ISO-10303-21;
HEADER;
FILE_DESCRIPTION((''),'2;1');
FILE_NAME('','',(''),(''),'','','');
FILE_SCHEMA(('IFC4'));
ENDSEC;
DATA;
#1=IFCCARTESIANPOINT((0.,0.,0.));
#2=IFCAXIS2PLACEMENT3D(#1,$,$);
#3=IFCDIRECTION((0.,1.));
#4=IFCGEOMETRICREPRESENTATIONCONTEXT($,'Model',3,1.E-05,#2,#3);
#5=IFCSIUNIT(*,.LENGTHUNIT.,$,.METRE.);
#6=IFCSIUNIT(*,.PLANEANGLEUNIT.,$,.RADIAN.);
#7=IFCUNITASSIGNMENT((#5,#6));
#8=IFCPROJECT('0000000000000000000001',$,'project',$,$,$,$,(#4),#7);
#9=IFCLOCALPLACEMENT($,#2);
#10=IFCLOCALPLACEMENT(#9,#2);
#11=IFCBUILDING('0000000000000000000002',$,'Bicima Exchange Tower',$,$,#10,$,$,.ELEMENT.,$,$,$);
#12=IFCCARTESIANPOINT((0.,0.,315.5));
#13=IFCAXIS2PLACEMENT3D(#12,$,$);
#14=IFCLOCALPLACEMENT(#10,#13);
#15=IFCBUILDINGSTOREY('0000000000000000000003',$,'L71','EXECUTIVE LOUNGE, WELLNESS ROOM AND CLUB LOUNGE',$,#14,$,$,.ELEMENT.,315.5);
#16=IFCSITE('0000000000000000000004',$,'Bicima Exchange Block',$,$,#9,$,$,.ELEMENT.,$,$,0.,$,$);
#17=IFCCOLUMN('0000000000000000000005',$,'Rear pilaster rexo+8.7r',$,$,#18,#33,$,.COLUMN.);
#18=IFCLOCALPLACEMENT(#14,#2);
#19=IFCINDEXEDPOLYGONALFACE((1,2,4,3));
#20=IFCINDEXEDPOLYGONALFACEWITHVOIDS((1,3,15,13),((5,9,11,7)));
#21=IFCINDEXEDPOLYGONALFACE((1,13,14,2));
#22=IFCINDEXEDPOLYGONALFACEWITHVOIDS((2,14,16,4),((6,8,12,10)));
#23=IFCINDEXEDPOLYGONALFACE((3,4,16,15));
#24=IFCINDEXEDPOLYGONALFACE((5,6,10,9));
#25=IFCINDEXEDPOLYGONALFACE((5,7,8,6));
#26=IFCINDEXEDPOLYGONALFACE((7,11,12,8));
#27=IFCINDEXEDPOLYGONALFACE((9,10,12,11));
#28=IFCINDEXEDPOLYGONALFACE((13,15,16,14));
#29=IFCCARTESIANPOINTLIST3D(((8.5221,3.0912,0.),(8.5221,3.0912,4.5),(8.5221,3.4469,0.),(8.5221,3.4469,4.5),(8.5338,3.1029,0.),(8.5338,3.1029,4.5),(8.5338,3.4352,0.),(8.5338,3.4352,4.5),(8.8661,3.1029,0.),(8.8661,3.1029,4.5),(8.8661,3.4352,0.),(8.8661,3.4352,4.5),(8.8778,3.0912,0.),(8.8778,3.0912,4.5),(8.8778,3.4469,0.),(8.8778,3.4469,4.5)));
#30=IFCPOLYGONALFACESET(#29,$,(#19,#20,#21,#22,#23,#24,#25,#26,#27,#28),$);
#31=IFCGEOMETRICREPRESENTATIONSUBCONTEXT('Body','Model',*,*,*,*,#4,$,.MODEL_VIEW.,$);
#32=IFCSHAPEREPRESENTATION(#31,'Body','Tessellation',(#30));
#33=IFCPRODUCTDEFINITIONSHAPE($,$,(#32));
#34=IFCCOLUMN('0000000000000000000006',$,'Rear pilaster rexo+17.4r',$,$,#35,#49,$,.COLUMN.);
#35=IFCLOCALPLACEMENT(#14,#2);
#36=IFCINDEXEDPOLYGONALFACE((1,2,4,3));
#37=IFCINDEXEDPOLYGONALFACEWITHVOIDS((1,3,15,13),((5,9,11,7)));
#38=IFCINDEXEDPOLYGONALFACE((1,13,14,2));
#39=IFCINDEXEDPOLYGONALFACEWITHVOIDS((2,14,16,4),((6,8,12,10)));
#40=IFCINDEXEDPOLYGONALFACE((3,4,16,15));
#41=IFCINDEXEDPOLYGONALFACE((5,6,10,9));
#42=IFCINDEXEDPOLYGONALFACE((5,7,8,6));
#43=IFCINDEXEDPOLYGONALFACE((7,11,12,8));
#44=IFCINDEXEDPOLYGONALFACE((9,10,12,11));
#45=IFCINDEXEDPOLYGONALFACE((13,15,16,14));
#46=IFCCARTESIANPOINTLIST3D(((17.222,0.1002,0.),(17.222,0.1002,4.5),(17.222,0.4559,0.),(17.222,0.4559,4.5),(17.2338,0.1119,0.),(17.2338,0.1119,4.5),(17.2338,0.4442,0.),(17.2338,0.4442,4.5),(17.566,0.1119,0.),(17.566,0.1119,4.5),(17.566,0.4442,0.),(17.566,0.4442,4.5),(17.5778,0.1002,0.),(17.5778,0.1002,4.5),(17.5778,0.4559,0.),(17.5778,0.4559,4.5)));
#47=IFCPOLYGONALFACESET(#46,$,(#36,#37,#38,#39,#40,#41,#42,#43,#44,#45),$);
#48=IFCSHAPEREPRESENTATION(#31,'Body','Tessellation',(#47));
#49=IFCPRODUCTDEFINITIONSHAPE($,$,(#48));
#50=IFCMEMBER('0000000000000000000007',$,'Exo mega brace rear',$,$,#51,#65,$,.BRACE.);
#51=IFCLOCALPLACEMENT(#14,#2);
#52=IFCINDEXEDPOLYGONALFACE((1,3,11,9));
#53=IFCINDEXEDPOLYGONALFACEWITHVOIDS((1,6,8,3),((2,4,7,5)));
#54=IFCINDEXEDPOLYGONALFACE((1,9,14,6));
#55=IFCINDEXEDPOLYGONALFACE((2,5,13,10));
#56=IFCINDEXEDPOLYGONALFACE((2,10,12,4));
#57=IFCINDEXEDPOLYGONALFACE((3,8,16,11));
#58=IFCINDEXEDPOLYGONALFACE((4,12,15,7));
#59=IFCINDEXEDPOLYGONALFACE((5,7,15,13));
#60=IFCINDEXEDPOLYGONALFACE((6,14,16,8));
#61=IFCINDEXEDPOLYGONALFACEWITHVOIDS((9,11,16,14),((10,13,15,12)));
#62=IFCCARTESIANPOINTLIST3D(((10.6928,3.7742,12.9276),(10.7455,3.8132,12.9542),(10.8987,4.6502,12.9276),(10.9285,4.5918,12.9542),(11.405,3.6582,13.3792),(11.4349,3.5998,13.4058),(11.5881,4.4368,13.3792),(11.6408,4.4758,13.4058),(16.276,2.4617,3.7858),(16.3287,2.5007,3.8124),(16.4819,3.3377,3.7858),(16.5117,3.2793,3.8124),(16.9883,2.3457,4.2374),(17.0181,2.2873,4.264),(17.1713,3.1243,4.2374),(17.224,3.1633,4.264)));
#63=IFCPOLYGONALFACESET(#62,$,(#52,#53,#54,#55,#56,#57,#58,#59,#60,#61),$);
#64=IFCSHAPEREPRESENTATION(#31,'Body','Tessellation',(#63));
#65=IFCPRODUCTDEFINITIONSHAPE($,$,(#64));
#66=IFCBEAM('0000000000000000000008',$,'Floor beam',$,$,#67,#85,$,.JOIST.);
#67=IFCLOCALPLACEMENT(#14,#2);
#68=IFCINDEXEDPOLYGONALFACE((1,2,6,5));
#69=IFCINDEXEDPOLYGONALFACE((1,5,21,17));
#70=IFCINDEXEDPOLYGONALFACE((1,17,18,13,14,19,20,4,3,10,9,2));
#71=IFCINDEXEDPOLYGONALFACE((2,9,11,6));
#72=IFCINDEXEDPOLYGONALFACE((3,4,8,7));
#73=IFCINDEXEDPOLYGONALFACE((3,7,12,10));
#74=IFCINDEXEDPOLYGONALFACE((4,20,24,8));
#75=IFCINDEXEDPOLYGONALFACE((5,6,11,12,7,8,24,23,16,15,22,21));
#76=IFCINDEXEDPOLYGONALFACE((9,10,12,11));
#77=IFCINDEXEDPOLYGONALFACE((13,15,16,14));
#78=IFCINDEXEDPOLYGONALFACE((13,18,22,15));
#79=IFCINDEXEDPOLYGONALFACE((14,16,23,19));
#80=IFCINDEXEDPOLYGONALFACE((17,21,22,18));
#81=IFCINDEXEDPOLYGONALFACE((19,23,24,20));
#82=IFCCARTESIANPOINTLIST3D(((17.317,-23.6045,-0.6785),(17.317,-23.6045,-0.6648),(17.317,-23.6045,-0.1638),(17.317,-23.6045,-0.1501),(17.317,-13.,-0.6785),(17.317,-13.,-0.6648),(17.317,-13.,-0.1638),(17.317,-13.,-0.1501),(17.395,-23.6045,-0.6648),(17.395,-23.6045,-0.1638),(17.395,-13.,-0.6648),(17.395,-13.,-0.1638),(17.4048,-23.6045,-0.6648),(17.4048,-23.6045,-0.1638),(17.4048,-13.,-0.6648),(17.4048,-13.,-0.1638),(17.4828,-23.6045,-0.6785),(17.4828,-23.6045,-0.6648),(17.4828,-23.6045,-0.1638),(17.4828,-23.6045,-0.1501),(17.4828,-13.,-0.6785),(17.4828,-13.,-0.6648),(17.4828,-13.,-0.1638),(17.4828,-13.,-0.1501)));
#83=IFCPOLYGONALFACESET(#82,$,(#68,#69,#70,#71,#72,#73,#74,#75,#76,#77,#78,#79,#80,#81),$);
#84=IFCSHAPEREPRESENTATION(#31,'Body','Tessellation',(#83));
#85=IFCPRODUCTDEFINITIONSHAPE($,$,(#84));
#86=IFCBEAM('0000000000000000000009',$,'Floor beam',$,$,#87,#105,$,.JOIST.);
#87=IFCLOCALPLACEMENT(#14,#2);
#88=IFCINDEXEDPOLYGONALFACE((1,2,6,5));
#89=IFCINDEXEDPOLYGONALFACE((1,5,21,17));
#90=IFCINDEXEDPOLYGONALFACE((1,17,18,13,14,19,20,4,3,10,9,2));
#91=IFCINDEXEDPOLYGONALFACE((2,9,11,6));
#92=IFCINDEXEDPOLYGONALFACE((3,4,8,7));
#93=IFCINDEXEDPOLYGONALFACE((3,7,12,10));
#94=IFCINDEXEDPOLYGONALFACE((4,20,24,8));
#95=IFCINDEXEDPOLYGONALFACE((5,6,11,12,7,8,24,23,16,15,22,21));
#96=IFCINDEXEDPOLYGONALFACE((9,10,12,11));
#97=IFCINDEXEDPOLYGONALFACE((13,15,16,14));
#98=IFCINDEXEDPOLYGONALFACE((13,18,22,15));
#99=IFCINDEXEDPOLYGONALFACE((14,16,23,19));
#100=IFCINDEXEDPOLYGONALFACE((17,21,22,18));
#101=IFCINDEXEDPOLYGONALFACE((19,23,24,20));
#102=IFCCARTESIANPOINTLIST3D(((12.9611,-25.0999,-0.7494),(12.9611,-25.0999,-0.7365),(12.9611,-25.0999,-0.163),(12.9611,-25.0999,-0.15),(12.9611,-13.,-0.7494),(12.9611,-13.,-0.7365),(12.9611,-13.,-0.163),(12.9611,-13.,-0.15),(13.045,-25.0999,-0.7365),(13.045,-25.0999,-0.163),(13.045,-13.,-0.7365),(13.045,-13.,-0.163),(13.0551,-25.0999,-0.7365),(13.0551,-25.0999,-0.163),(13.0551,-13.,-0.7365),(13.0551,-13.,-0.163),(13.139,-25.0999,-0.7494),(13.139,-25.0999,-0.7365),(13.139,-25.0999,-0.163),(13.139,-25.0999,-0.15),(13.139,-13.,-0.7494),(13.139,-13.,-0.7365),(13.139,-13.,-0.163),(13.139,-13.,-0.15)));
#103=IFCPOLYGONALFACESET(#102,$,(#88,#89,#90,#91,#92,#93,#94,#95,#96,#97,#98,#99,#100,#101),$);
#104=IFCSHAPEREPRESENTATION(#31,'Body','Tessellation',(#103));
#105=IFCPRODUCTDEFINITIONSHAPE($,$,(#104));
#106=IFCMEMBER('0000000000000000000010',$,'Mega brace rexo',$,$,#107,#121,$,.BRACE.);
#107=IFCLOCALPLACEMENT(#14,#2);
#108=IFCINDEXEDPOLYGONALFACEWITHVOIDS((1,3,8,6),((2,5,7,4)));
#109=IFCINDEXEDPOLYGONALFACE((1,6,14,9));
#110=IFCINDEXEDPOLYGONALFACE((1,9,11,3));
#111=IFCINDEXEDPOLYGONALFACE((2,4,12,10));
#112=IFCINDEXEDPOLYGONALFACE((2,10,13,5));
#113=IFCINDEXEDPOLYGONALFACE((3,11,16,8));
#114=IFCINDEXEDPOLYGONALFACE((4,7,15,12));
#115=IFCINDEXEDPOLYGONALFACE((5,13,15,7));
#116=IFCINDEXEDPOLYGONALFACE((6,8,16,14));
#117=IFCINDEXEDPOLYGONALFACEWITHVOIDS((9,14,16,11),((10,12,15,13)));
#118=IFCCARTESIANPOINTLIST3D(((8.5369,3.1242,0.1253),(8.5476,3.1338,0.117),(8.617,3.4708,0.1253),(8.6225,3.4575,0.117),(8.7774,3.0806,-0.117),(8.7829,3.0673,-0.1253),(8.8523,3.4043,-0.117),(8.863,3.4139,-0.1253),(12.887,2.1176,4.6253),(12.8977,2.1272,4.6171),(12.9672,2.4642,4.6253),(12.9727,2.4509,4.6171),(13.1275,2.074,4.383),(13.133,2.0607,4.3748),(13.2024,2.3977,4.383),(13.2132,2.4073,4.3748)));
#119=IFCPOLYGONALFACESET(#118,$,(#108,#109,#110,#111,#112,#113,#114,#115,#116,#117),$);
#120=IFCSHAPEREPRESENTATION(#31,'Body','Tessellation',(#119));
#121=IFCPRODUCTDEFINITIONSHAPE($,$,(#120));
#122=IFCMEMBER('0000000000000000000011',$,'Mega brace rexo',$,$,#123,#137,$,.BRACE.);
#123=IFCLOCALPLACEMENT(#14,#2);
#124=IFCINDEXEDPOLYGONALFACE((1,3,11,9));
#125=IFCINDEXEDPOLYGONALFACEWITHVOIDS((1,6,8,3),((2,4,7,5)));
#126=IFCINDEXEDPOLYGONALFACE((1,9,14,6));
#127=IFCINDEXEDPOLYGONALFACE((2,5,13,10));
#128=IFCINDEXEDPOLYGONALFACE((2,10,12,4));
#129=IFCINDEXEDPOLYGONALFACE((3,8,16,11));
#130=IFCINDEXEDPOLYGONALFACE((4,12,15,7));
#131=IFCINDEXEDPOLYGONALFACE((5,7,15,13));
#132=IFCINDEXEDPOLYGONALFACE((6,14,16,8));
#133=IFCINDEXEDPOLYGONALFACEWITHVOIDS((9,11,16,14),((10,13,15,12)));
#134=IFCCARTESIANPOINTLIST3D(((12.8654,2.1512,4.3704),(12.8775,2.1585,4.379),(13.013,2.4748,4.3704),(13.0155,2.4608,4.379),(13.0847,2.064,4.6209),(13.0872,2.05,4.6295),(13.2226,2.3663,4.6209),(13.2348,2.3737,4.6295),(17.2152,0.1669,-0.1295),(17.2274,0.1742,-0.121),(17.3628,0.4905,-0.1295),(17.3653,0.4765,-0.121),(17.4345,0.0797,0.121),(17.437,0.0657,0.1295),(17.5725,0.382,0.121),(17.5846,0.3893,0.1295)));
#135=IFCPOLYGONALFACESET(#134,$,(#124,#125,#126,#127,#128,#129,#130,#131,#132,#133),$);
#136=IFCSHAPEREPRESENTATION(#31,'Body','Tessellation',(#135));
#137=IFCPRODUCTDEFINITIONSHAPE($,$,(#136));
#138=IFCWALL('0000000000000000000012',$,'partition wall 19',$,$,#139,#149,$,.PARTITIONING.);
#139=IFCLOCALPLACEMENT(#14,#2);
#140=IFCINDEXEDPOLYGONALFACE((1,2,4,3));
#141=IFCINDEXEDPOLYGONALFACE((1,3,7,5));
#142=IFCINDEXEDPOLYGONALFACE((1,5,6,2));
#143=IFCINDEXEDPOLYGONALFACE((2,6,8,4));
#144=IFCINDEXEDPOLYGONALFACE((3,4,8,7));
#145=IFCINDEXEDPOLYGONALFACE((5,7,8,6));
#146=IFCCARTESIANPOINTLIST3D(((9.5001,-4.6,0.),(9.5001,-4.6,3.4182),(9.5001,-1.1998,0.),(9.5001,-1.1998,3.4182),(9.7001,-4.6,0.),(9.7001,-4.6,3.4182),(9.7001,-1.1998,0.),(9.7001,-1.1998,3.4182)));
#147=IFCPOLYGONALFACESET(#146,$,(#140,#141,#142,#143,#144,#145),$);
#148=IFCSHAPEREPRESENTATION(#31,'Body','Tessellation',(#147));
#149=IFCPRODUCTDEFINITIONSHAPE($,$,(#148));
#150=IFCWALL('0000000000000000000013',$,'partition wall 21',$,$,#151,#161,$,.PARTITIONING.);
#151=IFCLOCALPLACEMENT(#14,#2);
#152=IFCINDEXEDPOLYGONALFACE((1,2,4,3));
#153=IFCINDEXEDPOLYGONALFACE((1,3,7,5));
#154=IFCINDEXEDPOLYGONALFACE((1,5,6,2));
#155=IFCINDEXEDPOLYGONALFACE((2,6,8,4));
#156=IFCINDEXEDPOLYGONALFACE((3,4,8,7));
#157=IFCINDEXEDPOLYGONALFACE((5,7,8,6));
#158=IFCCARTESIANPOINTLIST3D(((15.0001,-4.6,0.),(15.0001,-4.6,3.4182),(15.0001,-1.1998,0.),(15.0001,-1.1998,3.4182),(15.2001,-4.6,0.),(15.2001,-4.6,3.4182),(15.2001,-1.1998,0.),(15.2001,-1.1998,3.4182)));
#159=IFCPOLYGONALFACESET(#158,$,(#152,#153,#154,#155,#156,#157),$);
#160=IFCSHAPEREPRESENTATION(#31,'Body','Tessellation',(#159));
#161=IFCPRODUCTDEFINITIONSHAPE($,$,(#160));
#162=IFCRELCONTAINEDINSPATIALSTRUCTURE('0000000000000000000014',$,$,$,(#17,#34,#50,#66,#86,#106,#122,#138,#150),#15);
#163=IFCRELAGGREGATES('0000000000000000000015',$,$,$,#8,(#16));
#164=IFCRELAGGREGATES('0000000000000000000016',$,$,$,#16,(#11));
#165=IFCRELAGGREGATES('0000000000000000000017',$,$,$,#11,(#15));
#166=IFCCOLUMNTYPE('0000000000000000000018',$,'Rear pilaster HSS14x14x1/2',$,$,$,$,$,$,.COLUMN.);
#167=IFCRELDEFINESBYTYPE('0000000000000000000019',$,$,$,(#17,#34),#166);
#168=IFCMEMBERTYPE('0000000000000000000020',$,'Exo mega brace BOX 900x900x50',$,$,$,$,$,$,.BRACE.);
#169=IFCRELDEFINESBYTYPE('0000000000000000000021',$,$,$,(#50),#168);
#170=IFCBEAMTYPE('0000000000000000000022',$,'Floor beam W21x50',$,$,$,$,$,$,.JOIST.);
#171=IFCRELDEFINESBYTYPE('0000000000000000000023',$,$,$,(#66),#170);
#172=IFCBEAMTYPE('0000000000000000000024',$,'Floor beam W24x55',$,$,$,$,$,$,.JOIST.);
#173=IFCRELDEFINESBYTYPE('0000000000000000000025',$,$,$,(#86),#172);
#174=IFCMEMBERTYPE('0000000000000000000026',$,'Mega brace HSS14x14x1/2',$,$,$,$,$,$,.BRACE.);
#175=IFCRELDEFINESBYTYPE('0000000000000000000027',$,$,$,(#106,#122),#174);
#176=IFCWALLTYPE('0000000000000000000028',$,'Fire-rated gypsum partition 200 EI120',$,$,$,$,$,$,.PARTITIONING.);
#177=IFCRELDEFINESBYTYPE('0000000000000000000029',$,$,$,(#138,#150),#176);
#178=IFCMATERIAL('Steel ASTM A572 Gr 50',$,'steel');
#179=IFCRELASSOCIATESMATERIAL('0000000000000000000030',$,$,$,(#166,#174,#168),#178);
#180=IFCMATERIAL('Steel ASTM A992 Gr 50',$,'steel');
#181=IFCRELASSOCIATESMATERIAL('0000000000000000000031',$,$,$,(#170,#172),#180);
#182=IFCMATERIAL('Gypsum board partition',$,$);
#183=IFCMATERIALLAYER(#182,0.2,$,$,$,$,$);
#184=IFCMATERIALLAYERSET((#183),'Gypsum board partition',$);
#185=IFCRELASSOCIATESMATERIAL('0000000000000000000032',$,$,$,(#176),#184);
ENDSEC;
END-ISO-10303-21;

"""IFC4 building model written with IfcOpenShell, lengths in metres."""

from ifc_helpers import new_model, si_unit, direction, frame, frame_2d, origin, origin_2d, place, context, subcontext, project, spatial, rectangle, hollow_rectangle, i_section, extrude, material, layer, layer_set, material_profile, profile_set, type_object, element, save


model = new_model("IFC4")

# Units and contexts
model_context = context("Model", 3, precision=1e-05, world=origin(), true_north=direction((0.0, 1.0)))
body_context = subcontext(model_context, "Body", "Model", "MODEL_VIEW")
ifc_project = project(units=[si_unit("LENGTHUNIT", "METRE"), si_unit("PLANEANGLEUNIT", "RADIAN")], contexts=[model_context])

# Site, building, storey
site_placement = place(None, origin())
site = spatial("IfcSite", under=ifc_project, at=site_placement, Name="Bicima Exchange Block", CompositionType="ELEMENT", RefElevation=0.0)
building_placement = place(site_placement, origin())
building = spatial("IfcBuilding", under=site, at=building_placement, Name="Bicima Exchange Tower", CompositionType="ELEMENT")
storey_placement = place(building_placement, frame((0.0, 0.0, 315.5)))
storey = spatial("IfcBuildingStorey", under=building, at=storey_placement, Name="L71", Description="EXECUTIVE LOUNGE, WELLNESS ROOM AND CLUB LOUNGE", CompositionType="ELEMENT", Elevation=315.5)

# Columns
ifc_material_1 = material(Name="Steel ASTM A572 Gr 50", Category="steel")
ifc_material_profile_1 = material_profile(ifc_material_1, hollow_rectangle(XDim=0.3557, YDim=0.3557, WallThickness=0.0117, at=origin_2d()))
ifc_profile_set_1 = profile_set([ifc_material_profile_1], Name="Steel ASTM A572 Gr 50")
column_type = type_object("IfcColumnType", Name="Rear pilaster HSS14x14x1/2", PredefinedType="COLUMN", material=ifc_profile_set_1)
for number, where, z_axis, x_axis, name in (
    (1, (8.7, 3.269, 0.0), (0.0, 0.0, 1.0), (1.0, 0.0, 0.0), "Rear pilaster rexo+8.7r"),
    (2, (17.3999, 0.2781, 0.0), (0.0, 0.0, 1.0), (1.0, 0.0, 0.0), "Rear pilaster rexo+17.4r"),
):
    element("IfcColumn", number, at=place(storey_placement, frame(where, z_axis=z_axis, x_axis=x_axis)), inside=storey, type_object=column_type, Name=name, PredefinedType="COLUMN", context=body_context, shape_type="SweptSolid", body=[
        extrude(hollow_rectangle(XDim=0.3557, YDim=0.3557, WallThickness=0.0117, at=origin_2d()), origin(), (0.0, 0.0, 1.0), 4.5),
    ])

# Member
ifc_material_profile_2 = material_profile(ifc_material_1, hollow_rectangle(XDim=0.8999, YDim=0.8999, WallThickness=0.05, at=origin_2d()))
ifc_profile_set_2 = profile_set([ifc_material_profile_2], Name="Steel ASTM A572 Gr 50")
member_type_1 = type_object("IfcMemberType", Name="Exo mega brace BOX 900x900x50", PredefinedType="BRACE", material=ifc_profile_set_2)
member_1_placement = place(storey_placement, frame((16.75, 2.8125, 4.0249), z_axis=(-0.517348, 0.121617, 0.847089), x_axis=(-0.22884, -0.973464, 0.0)))
element("IfcMember", 3, at=member_1_placement, inside=storey, type_object=member_type_1, Name="Exo mega brace rear", PredefinedType="BRACE", context=body_context, shape_type="SweptSolid", body=[
    extrude(hollow_rectangle(XDim=0.8999, YDim=0.8999, WallThickness=0.05, at=origin_2d()), origin(), (0.0, 0.0, 1.0), 10.792),
])

# Beams
ifc_material_2 = material(Name="Steel ASTM A992 Gr 50", Category="steel")
ifc_material_profile_3 = material_profile(ifc_material_2, i_section(OverallWidth=0.1658, OverallDepth=0.5283, WebThickness=0.0098, FlangeThickness=0.0137, at=origin_2d()))
ifc_profile_set_3 = profile_set([ifc_material_profile_3], Name="Steel ASTM A992 Gr 50")
beam_type_1 = type_object("IfcBeamType", Name="Floor beam W21x50", PredefinedType="JOIST", material=ifc_profile_set_3)
beam_1_placement = place(storey_placement, frame((17.3999, -13.0, -0.4143), z_axis=(0.0, -1.0, 0.0), x_axis=(1.0, 0.0, 0.0)))
element("IfcBeam", 4, at=beam_1_placement, inside=storey, type_object=beam_type_1, Name="Floor beam", PredefinedType="JOIST", context=body_context, shape_type="SweptSolid", body=[
    extrude(i_section(OverallWidth=0.1658, OverallDepth=0.5283, WebThickness=0.0098, FlangeThickness=0.0137, at=origin_2d()), origin(), (0.0, 0.0, 1.0), 10.6045),
])
ifc_material_profile_4 = material_profile(ifc_material_2, i_section(OverallWidth=0.178, OverallDepth=0.5994, WebThickness=0.01, FlangeThickness=0.0129, at=origin_2d()))
ifc_profile_set_4 = profile_set([ifc_material_profile_4], Name="Steel ASTM A992 Gr 50")
beam_type_2 = type_object("IfcBeamType", Name="Floor beam W24x55", PredefinedType="JOIST", material=ifc_profile_set_4)
beam_2_placement = place(storey_placement, frame((13.05, -13.0, -0.4497), z_axis=(0.0, -1.0, 0.0), x_axis=(1.0, 0.0, 0.0)))
element("IfcBeam", 5, at=beam_2_placement, inside=storey, type_object=beam_type_2, Name="Floor beam", PredefinedType="JOIST", context=body_context, shape_type="SweptSolid", body=[
    extrude(i_section(OverallWidth=0.178, OverallDepth=0.5994, WebThickness=0.01, FlangeThickness=0.0129, at=origin_2d()), origin(), (0.0, 0.0, 1.0), 12.0999),
])

# Members
member_type_2 = type_object("IfcMemberType", Name="Mega brace HSS14x14x1/2", PredefinedType="BRACE", material=ifc_profile_set_1)
member_2_placement = place(storey_placement, frame((8.7, 3.269, 0.0), z_axis=(0.686212, -0.158786, 0.709859), x_axis=(0.225439, 0.974257, 0.0)))
element("IfcMember", 6, at=member_2_placement, inside=storey, type_object=member_type_2, Name="Mega brace rexo", PredefinedType="BRACE", context=body_context, shape_type="SweptSolid", body=[
    extrude(hollow_rectangle(XDim=0.3557, YDim=0.3557, WallThickness=0.0117, at=origin_2d()), origin(), (0.0, 0.0, 1.0), 6.3394),
])
member_3_placement = place(storey_placement, frame((17.3999, 0.2781, 0.0), z_axis=(-0.662508, 0.302232, 0.685376), x_axis=(-0.415045, -0.909801, 0.0)))
element("IfcMember", 7, at=member_3_placement, inside=storey, type_object=member_type_2, Name="Mega brace rexo", PredefinedType="BRACE", context=body_context, shape_type="SweptSolid", body=[
    extrude(hollow_rectangle(XDim=0.3557, YDim=0.3557, WallThickness=0.0117, at=origin_2d()), origin(), (0.0, 0.0, 1.0), 6.5657),
])

# Walls
ifc_material_3 = material(Name="Gypsum board partition")
ifc_layer_1 = layer(ifc_material_3, 0.2)
ifc_layer_set_1 = layer_set([ifc_layer_1], Name="Gypsum board partition")
wall_type_1 = type_object("IfcWallType", Name="Fire-rated gypsum partition 200 EI120", PredefinedType="PARTITIONING", material=ifc_layer_set_1)
for number, where, z_axis, x_axis, name in (
    (8, (9.6001, -4.6001, 0.0), (0.0, 0.0, 1.0), (0.0, 1.0, 0.0), "partition wall 19"),
    (9, (15.1001, -4.6001, 0.0), (0.0, 0.0, 1.0), (0.0, 1.0, 0.0), "partition wall 21"),
):
    element("IfcWall", number, at=place(storey_placement, frame(where, z_axis=z_axis, x_axis=x_axis)), inside=storey, type_object=wall_type_1, Name=name, PredefinedType="PARTITIONING", context=body_context, shape_type="SweptSolid", body=[
        extrude(rectangle(XDim=3.4001, YDim=0.2, at=frame_2d((1.7002, 0.0))), origin(), (0.0, 0.0, 1.0), 3.4182),
    ])

save(model, "model.ifc")
